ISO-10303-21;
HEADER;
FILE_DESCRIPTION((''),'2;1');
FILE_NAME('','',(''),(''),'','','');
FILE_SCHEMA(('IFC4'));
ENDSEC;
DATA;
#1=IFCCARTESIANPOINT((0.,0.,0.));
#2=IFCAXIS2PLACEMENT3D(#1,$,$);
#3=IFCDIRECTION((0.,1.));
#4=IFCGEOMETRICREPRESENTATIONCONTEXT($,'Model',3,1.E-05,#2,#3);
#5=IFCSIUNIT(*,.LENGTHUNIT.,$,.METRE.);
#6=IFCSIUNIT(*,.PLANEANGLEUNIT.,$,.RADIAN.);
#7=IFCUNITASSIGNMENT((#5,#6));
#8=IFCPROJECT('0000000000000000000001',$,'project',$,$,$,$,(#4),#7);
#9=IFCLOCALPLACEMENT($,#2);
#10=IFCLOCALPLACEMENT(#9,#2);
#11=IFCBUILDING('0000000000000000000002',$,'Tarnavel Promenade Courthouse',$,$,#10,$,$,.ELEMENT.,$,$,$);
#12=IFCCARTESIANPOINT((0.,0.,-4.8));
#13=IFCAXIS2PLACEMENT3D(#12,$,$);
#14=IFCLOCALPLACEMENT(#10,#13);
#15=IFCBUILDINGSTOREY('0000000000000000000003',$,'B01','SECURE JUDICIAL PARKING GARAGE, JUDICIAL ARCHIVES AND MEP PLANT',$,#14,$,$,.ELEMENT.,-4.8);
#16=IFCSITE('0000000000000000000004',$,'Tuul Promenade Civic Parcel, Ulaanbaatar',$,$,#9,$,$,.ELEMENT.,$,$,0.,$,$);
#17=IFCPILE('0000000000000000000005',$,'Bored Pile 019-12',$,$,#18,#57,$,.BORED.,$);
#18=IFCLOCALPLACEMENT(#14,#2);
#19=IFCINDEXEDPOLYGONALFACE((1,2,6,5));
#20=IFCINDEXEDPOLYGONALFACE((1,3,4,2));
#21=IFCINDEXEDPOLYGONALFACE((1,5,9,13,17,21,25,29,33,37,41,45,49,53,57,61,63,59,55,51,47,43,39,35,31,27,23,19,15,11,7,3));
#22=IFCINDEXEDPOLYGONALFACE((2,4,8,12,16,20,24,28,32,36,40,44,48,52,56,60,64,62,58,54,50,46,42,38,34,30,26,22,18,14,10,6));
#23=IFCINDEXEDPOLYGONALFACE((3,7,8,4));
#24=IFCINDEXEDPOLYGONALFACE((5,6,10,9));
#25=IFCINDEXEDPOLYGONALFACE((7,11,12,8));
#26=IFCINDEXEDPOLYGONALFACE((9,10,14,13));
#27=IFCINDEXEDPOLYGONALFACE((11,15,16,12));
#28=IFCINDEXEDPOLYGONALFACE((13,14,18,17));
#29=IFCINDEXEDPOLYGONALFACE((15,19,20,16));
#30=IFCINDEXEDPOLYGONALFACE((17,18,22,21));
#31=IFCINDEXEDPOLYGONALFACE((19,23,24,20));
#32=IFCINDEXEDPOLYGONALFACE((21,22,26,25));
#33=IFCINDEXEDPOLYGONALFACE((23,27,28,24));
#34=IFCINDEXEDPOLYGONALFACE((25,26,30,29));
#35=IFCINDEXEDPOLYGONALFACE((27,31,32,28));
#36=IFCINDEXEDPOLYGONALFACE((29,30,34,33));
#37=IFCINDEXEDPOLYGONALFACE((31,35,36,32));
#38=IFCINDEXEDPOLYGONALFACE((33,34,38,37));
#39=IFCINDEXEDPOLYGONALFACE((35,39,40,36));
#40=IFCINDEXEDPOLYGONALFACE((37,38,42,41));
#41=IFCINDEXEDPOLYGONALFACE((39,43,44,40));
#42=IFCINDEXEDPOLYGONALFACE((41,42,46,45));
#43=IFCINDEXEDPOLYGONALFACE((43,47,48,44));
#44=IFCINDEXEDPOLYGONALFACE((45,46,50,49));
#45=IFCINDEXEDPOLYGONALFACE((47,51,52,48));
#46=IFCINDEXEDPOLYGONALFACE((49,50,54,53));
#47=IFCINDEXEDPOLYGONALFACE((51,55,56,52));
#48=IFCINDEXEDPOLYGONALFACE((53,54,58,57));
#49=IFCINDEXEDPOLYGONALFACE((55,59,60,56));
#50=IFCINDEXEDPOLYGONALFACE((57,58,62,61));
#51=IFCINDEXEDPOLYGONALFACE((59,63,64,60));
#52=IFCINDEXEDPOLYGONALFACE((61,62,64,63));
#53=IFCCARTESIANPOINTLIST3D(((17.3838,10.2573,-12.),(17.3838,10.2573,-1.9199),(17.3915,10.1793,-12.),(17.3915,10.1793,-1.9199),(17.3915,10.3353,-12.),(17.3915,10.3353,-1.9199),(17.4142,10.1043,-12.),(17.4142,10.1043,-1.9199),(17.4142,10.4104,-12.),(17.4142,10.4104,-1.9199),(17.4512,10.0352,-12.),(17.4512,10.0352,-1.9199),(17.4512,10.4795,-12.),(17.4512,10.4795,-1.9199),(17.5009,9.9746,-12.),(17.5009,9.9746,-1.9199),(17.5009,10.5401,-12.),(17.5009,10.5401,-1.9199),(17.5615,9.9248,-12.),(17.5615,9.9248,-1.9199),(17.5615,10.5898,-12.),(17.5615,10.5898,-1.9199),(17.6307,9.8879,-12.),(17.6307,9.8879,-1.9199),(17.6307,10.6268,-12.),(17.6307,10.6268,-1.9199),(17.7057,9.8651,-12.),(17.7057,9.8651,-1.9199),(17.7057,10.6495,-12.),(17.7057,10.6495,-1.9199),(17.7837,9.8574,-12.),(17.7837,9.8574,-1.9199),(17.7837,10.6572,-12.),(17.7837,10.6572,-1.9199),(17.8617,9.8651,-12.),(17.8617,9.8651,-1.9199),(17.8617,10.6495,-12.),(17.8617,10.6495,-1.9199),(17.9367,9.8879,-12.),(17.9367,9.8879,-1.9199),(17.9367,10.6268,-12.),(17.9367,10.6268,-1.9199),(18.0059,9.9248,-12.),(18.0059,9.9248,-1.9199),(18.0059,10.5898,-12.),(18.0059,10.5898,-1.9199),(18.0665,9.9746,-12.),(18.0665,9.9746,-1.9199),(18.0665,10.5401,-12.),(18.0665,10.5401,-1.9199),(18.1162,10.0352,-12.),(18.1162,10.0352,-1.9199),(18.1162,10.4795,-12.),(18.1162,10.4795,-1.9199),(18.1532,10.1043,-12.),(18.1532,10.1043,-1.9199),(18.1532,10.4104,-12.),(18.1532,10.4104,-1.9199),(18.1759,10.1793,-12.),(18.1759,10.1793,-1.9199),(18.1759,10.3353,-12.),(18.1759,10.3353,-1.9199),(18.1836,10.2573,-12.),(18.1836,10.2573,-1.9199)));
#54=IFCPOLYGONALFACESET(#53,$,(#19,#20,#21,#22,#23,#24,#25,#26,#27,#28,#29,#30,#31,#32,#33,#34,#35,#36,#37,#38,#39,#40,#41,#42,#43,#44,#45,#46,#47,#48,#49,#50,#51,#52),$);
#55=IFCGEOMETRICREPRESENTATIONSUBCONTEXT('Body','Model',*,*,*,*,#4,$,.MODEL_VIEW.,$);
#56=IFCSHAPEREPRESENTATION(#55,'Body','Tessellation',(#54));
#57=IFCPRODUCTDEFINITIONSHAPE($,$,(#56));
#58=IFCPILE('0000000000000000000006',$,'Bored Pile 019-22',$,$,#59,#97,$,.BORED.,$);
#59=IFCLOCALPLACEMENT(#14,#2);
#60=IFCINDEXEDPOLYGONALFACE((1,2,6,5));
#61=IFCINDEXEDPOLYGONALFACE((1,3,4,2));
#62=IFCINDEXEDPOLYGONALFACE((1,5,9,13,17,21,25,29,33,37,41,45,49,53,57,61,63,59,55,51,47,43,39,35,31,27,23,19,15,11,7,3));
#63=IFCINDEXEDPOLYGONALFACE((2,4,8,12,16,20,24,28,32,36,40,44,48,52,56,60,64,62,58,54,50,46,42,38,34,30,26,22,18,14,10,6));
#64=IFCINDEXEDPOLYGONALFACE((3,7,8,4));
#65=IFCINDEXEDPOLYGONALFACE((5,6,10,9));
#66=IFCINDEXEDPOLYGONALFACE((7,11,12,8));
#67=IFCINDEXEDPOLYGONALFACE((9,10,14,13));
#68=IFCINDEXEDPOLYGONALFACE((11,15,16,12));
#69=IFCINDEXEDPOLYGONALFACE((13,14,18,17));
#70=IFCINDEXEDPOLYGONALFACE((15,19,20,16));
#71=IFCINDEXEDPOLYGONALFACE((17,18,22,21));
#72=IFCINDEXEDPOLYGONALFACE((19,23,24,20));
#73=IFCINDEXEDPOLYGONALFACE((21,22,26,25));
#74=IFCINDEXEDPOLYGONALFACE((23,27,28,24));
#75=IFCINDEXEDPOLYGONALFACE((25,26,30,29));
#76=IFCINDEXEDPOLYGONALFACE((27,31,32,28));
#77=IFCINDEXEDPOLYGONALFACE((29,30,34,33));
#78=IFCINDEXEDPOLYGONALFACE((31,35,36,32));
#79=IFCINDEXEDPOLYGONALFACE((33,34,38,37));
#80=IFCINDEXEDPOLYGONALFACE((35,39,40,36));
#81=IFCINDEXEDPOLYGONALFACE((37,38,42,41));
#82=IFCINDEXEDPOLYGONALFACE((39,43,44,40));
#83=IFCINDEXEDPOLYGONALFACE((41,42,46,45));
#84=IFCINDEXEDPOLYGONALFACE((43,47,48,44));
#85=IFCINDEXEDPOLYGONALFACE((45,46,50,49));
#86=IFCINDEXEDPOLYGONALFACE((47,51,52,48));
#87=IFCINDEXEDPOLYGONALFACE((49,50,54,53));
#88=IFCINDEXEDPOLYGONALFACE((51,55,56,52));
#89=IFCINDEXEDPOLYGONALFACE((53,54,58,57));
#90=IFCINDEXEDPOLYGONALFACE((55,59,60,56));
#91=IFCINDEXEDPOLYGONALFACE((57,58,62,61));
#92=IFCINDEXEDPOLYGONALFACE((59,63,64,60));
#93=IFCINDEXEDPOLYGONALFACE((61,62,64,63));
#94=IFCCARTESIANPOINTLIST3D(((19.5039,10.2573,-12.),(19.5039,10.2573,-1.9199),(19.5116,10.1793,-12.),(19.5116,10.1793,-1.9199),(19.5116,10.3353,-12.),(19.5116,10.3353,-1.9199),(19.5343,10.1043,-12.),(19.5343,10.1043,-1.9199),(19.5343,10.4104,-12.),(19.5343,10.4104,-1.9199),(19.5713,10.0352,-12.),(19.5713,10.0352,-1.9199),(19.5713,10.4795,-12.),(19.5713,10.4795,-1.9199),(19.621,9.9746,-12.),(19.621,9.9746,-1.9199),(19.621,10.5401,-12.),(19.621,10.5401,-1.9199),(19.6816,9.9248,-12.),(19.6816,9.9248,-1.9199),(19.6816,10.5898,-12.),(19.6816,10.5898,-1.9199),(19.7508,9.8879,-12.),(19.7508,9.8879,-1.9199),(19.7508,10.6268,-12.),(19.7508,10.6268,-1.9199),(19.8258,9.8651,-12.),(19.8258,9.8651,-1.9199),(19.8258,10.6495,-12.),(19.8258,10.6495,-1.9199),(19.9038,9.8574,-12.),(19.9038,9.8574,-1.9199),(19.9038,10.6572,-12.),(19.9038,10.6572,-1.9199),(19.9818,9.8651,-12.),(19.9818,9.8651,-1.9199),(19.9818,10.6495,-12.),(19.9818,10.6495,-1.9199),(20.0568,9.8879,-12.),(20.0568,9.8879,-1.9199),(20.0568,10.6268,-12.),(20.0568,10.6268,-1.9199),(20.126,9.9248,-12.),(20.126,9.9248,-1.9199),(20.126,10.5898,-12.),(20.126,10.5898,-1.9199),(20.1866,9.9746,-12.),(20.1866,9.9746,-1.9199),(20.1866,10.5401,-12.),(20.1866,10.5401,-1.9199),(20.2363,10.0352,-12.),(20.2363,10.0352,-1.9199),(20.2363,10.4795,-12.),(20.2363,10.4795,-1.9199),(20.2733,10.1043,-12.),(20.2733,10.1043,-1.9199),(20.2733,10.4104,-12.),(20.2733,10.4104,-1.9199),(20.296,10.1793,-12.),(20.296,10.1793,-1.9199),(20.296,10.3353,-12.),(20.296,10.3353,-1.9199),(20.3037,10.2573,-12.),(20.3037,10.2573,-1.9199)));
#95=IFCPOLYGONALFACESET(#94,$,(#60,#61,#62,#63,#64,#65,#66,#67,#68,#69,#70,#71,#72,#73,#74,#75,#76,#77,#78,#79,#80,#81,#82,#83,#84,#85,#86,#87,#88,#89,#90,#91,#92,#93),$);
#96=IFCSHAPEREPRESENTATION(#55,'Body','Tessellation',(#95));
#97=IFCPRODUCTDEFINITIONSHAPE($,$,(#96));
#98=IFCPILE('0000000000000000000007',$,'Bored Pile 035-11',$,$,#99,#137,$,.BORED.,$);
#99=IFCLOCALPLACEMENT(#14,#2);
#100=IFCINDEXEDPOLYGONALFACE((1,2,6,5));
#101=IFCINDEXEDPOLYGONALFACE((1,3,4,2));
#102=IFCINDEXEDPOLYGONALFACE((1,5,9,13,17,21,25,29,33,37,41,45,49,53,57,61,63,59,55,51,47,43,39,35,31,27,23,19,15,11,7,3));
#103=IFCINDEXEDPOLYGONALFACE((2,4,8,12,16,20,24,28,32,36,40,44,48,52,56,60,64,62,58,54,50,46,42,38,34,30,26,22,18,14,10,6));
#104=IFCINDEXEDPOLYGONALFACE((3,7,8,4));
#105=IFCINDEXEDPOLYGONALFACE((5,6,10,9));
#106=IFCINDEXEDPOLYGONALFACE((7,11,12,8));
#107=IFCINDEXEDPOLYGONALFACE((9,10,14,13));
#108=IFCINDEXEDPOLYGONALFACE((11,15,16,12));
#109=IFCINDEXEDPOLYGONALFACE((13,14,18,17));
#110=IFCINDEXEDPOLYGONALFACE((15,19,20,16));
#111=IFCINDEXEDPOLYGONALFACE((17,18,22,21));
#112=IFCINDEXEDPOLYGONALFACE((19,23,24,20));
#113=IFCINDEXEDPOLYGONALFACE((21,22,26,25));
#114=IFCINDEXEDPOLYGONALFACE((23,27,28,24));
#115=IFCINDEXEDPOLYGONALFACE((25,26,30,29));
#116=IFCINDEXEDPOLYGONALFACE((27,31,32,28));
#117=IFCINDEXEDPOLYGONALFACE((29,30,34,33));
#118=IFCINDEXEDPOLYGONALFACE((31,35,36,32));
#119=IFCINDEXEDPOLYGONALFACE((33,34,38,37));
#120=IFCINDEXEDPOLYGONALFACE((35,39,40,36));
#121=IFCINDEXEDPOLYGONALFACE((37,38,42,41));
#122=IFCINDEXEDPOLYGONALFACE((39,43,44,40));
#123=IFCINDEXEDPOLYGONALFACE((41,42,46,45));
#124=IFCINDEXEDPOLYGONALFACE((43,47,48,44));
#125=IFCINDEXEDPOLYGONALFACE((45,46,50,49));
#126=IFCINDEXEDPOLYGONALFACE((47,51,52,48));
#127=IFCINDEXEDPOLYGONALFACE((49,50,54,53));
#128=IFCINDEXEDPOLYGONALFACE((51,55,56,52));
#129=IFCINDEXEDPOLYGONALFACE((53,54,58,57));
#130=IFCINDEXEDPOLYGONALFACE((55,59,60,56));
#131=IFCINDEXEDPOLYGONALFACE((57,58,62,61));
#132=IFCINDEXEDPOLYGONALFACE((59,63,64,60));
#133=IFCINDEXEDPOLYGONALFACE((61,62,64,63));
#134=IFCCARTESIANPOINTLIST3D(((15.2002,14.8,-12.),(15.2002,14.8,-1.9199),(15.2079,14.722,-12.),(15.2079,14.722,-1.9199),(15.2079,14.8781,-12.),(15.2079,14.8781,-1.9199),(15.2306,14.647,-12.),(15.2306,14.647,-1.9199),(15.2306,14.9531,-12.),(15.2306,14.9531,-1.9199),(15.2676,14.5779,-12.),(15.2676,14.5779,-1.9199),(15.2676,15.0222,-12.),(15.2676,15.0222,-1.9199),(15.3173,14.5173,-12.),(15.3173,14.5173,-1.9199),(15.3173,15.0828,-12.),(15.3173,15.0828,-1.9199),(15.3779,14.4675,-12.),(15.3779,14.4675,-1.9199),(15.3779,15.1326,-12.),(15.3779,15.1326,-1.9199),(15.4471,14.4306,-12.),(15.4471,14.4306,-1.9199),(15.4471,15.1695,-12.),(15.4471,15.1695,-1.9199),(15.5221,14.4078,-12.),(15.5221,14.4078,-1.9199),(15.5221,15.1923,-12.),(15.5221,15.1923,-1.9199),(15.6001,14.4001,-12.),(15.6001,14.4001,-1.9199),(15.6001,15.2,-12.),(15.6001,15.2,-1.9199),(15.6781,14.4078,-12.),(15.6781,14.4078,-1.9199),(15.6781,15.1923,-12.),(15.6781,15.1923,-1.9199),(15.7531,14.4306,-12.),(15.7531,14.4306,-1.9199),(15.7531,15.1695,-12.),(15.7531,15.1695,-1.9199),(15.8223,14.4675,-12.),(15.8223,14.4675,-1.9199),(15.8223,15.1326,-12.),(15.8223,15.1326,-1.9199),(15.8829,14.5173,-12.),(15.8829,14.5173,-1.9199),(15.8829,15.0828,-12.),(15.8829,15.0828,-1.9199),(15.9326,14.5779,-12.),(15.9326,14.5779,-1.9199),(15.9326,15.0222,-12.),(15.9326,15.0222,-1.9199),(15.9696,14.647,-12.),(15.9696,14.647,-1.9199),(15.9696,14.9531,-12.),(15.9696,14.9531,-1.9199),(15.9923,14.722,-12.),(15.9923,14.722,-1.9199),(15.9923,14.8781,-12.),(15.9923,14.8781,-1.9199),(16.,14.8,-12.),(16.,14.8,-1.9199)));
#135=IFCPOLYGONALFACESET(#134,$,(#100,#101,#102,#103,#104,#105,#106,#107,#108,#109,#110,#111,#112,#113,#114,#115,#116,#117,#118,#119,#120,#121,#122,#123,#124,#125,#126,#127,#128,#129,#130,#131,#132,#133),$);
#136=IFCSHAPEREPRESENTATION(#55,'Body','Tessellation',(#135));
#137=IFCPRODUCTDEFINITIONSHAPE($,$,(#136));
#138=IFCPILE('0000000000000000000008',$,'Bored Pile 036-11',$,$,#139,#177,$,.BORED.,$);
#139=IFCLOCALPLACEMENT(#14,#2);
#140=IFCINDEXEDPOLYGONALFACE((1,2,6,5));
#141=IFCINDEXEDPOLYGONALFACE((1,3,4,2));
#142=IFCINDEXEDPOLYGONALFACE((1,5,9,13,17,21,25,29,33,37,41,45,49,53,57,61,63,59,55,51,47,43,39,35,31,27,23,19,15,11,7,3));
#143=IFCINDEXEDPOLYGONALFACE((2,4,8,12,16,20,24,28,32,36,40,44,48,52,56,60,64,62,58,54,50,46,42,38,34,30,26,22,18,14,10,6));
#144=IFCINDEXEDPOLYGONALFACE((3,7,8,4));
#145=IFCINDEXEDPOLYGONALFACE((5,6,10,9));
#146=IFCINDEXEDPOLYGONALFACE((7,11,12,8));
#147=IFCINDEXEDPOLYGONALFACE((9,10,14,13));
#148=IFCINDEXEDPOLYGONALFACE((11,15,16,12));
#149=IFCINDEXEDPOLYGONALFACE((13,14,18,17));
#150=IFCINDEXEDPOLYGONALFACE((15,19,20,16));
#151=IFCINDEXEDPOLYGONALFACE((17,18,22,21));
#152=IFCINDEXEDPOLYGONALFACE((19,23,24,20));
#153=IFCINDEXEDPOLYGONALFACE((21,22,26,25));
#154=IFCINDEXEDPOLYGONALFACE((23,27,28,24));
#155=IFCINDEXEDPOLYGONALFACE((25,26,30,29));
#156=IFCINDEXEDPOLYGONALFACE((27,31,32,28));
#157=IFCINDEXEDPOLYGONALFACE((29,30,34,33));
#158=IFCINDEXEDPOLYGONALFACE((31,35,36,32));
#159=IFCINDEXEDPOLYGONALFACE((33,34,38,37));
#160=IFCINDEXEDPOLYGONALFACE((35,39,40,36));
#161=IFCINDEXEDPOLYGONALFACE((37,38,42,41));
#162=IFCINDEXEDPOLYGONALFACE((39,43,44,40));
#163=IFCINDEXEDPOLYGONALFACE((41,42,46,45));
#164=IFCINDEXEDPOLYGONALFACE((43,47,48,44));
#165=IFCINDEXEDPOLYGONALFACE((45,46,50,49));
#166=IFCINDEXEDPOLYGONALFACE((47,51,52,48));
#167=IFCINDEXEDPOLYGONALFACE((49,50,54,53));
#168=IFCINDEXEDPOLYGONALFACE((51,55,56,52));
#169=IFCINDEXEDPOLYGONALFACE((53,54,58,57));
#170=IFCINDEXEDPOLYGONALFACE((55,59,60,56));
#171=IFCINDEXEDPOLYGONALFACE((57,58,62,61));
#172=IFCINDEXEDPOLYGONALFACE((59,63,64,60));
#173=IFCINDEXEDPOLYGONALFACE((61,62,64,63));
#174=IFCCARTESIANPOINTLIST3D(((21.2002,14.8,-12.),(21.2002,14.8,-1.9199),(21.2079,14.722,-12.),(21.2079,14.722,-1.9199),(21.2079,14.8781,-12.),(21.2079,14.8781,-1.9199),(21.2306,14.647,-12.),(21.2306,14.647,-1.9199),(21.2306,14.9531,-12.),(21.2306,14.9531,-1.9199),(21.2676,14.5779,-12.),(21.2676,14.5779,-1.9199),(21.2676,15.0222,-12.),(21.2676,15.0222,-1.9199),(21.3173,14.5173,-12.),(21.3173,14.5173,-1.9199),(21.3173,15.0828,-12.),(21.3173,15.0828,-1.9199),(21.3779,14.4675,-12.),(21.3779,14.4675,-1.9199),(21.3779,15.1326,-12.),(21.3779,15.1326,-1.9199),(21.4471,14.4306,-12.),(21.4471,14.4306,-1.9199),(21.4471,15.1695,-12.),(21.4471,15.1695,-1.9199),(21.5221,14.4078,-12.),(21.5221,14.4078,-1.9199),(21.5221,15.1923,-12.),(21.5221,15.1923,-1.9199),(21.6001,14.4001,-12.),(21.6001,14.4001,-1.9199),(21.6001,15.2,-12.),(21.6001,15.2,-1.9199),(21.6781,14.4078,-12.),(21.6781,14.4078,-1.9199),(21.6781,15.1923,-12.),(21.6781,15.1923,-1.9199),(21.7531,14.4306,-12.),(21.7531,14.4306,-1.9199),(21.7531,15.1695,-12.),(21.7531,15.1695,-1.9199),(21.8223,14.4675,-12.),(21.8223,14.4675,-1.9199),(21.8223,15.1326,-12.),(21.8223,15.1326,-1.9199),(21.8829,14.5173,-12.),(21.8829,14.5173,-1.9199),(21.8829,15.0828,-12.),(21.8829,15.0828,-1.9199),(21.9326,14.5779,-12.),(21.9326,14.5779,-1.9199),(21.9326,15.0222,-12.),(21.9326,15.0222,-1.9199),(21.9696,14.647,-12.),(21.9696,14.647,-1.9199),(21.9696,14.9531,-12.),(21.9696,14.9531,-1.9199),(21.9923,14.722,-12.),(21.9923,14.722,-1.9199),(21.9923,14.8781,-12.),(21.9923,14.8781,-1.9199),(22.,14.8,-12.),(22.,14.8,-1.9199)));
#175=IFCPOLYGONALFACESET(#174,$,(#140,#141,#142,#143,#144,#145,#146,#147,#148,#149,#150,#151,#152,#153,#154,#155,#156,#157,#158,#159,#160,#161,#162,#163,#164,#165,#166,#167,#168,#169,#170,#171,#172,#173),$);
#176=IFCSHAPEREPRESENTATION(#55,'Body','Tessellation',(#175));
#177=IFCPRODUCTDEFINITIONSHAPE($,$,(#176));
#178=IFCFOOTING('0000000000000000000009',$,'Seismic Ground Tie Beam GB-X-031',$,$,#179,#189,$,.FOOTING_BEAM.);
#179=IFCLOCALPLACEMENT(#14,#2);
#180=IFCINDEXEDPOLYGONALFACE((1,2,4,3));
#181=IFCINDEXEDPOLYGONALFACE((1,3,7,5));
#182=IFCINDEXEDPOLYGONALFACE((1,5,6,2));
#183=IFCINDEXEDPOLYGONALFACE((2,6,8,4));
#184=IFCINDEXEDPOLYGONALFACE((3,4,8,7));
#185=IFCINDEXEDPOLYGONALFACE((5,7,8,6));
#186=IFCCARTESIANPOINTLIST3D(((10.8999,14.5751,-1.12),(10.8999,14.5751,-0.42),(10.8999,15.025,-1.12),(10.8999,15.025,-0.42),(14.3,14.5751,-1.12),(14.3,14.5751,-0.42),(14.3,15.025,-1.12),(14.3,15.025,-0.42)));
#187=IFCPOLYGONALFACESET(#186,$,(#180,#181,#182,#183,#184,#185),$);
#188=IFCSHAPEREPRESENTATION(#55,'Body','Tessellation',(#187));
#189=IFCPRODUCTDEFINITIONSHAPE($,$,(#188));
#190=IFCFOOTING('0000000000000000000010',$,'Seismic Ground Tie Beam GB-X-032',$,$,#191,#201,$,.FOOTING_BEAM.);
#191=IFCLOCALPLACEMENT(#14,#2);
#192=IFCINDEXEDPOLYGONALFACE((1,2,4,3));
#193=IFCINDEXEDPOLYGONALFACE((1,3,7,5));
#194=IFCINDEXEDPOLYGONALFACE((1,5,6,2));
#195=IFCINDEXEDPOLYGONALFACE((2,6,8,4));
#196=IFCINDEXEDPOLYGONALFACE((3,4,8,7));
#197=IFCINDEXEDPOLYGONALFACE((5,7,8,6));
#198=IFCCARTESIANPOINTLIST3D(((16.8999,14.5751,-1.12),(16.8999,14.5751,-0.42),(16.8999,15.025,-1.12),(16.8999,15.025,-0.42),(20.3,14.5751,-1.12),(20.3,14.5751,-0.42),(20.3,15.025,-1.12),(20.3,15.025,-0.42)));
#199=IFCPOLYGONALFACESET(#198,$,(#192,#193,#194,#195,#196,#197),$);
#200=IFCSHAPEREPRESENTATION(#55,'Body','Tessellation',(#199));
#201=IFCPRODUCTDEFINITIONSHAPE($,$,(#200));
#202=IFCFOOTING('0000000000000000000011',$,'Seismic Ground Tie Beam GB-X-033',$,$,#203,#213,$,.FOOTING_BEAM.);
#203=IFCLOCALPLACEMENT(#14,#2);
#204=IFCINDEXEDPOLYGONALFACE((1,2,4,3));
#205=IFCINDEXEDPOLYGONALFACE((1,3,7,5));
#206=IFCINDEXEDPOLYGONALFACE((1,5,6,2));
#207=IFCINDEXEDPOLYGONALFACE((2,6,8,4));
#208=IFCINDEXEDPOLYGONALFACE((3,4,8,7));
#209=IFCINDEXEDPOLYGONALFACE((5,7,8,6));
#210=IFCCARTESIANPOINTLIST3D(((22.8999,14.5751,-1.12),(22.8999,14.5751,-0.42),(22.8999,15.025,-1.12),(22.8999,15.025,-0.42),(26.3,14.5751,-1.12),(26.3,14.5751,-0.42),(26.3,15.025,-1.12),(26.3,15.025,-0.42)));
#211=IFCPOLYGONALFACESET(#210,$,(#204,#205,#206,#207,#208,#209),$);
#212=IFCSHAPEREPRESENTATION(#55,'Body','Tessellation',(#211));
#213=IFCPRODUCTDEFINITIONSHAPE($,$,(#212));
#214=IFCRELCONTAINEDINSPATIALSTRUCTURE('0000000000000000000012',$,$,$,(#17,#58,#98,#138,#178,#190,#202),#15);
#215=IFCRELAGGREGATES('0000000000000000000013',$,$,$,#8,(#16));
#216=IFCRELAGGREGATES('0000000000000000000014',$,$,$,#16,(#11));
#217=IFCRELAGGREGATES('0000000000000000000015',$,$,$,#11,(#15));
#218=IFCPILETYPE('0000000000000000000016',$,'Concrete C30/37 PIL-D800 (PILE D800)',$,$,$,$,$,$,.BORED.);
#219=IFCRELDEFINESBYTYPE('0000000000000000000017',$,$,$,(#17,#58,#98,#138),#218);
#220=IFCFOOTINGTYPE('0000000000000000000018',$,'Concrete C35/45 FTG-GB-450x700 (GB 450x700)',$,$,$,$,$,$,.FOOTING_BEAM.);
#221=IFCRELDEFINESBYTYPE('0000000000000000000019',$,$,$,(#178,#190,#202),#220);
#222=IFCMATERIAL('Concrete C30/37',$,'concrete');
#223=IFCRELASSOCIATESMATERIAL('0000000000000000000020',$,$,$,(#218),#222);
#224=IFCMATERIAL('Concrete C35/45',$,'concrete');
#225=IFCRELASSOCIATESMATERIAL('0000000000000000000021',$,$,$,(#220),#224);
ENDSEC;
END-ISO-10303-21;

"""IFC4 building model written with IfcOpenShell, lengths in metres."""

from ifc_helpers import new_model, si_unit, direction, frame, origin, origin_2d, place, context, subcontext, project, spatial, rectangle, circle, extrude, material, material_profile, profile_set, type_object, element, save


model = new_model("IFC4")

# Units and contexts
model_context = context("Model", 3, precision=1e-05, world=origin(), true_north=direction((0.0, 1.0)))
body_context = subcontext(model_context, "Body", "Model", "MODEL_VIEW")
ifc_project = project(units=[si_unit("LENGTHUNIT", "METRE"), si_unit("PLANEANGLEUNIT", "RADIAN")], contexts=[model_context])

# Site, building, storey
site_placement = place(None, origin())
site = spatial("IfcSite", under=ifc_project, at=site_placement, Name="Tuul Promenade Civic Parcel, Ulaanbaatar", CompositionType="ELEMENT", RefElevation=0.0)
building_placement = place(site_placement, origin())
building = spatial("IfcBuilding", under=site, at=building_placement, Name="Tarnavel Promenade Courthouse", CompositionType="ELEMENT")
storey_placement = place(building_placement, frame((0.0, 0.0, -4.8)))
storey = spatial("IfcBuildingStorey", under=building, at=storey_placement, Name="B01", Description="SECURE JUDICIAL PARKING GARAGE, JUDICIAL ARCHIVES AND MEP PLANT", CompositionType="ELEMENT", Elevation=-4.8)

# Piles
ifc_material_1 = material(Name="Concrete C30/37", Category="concrete")
ifc_material_profile_1 = material_profile(ifc_material_1, circle(Radius=0.3999, at=origin_2d()), Name="PILE D800")
ifc_profile_set_1 = profile_set([ifc_material_profile_1], Name="Concrete C30/37")
pile_type = type_object("IfcPileType", Name="Concrete C30/37 PIL-D800 (PILE D800)", PredefinedType="BORED", material=ifc_profile_set_1)
for number, where, z_axis, x_axis, name in (
    (1, (17.7837, 10.2573, -1.9199), (0.0, 0.0, -1.0), (1.0, 0.0, 0.0), "Bored Pile 019-12"),
    (2, (19.9038, 10.2573, -1.9199), (0.0, 0.0, -1.0), (1.0, 0.0, 0.0), "Bored Pile 019-22"),
    (3, (15.6001, 14.8, -1.9199), (0.0, 0.0, -1.0), (1.0, 0.0, 0.0), "Bored Pile 035-11"),
    (4, (21.6001, 14.8, -1.9199), (0.0, 0.0, -1.0), (1.0, 0.0, 0.0), "Bored Pile 036-11"),
):
    element("IfcPile", number, at=place(storey_placement, frame(where, z_axis=z_axis, x_axis=x_axis)), inside=storey, type_object=pile_type, Name=name, PredefinedType="BORED", context=body_context, shape_type="SweptSolid", body=[
        extrude(circle(Radius=0.3999, at=origin_2d()), origin(), (0.0, 0.0, 1.0), 10.0801),
    ])

# Footings
ifc_material_2 = material(Name="Concrete C35/45", Category="concrete")
ifc_material_profile_2 = material_profile(ifc_material_2, rectangle(XDim=0.45, YDim=0.7, at=origin_2d()), Name="GB 450x700")
ifc_profile_set_2 = profile_set([ifc_material_profile_2], Name="Concrete C35/45")
footing_type_1 = type_object("IfcFootingType", Name="Concrete C35/45 FTG-GB-450x700 (GB 450x700)", PredefinedType="FOOTING_BEAM", material=ifc_profile_set_2)
for number, where, z_axis, x_axis, name in (
    (5, (10.8999, 14.8, -0.77), (1.0, 0.0, 0.0), (0.0, 1.0, 0.0), "Seismic Ground Tie Beam GB-X-031"),
    (6, (16.8999, 14.8, -0.77), (1.0, 0.0, 0.0), (0.0, 1.0, 0.0), "Seismic Ground Tie Beam GB-X-032"),
    (7, (22.8999, 14.8, -0.77), (1.0, 0.0, 0.0), (0.0, 1.0, 0.0), "Seismic Ground Tie Beam GB-X-033"),
):
    element("IfcFooting", number, at=place(storey_placement, frame(where, z_axis=z_axis, x_axis=x_axis)), inside=storey, type_object=footing_type_1, Name=name, PredefinedType="FOOTING_BEAM", context=body_context, shape_type="SweptSolid", body=[
        extrude(rectangle(XDim=0.45, YDim=0.7, at=origin_2d()), origin(), (0.0, 0.0, 1.0), 3.4001),
    ])

save(model, "model.ifc")
